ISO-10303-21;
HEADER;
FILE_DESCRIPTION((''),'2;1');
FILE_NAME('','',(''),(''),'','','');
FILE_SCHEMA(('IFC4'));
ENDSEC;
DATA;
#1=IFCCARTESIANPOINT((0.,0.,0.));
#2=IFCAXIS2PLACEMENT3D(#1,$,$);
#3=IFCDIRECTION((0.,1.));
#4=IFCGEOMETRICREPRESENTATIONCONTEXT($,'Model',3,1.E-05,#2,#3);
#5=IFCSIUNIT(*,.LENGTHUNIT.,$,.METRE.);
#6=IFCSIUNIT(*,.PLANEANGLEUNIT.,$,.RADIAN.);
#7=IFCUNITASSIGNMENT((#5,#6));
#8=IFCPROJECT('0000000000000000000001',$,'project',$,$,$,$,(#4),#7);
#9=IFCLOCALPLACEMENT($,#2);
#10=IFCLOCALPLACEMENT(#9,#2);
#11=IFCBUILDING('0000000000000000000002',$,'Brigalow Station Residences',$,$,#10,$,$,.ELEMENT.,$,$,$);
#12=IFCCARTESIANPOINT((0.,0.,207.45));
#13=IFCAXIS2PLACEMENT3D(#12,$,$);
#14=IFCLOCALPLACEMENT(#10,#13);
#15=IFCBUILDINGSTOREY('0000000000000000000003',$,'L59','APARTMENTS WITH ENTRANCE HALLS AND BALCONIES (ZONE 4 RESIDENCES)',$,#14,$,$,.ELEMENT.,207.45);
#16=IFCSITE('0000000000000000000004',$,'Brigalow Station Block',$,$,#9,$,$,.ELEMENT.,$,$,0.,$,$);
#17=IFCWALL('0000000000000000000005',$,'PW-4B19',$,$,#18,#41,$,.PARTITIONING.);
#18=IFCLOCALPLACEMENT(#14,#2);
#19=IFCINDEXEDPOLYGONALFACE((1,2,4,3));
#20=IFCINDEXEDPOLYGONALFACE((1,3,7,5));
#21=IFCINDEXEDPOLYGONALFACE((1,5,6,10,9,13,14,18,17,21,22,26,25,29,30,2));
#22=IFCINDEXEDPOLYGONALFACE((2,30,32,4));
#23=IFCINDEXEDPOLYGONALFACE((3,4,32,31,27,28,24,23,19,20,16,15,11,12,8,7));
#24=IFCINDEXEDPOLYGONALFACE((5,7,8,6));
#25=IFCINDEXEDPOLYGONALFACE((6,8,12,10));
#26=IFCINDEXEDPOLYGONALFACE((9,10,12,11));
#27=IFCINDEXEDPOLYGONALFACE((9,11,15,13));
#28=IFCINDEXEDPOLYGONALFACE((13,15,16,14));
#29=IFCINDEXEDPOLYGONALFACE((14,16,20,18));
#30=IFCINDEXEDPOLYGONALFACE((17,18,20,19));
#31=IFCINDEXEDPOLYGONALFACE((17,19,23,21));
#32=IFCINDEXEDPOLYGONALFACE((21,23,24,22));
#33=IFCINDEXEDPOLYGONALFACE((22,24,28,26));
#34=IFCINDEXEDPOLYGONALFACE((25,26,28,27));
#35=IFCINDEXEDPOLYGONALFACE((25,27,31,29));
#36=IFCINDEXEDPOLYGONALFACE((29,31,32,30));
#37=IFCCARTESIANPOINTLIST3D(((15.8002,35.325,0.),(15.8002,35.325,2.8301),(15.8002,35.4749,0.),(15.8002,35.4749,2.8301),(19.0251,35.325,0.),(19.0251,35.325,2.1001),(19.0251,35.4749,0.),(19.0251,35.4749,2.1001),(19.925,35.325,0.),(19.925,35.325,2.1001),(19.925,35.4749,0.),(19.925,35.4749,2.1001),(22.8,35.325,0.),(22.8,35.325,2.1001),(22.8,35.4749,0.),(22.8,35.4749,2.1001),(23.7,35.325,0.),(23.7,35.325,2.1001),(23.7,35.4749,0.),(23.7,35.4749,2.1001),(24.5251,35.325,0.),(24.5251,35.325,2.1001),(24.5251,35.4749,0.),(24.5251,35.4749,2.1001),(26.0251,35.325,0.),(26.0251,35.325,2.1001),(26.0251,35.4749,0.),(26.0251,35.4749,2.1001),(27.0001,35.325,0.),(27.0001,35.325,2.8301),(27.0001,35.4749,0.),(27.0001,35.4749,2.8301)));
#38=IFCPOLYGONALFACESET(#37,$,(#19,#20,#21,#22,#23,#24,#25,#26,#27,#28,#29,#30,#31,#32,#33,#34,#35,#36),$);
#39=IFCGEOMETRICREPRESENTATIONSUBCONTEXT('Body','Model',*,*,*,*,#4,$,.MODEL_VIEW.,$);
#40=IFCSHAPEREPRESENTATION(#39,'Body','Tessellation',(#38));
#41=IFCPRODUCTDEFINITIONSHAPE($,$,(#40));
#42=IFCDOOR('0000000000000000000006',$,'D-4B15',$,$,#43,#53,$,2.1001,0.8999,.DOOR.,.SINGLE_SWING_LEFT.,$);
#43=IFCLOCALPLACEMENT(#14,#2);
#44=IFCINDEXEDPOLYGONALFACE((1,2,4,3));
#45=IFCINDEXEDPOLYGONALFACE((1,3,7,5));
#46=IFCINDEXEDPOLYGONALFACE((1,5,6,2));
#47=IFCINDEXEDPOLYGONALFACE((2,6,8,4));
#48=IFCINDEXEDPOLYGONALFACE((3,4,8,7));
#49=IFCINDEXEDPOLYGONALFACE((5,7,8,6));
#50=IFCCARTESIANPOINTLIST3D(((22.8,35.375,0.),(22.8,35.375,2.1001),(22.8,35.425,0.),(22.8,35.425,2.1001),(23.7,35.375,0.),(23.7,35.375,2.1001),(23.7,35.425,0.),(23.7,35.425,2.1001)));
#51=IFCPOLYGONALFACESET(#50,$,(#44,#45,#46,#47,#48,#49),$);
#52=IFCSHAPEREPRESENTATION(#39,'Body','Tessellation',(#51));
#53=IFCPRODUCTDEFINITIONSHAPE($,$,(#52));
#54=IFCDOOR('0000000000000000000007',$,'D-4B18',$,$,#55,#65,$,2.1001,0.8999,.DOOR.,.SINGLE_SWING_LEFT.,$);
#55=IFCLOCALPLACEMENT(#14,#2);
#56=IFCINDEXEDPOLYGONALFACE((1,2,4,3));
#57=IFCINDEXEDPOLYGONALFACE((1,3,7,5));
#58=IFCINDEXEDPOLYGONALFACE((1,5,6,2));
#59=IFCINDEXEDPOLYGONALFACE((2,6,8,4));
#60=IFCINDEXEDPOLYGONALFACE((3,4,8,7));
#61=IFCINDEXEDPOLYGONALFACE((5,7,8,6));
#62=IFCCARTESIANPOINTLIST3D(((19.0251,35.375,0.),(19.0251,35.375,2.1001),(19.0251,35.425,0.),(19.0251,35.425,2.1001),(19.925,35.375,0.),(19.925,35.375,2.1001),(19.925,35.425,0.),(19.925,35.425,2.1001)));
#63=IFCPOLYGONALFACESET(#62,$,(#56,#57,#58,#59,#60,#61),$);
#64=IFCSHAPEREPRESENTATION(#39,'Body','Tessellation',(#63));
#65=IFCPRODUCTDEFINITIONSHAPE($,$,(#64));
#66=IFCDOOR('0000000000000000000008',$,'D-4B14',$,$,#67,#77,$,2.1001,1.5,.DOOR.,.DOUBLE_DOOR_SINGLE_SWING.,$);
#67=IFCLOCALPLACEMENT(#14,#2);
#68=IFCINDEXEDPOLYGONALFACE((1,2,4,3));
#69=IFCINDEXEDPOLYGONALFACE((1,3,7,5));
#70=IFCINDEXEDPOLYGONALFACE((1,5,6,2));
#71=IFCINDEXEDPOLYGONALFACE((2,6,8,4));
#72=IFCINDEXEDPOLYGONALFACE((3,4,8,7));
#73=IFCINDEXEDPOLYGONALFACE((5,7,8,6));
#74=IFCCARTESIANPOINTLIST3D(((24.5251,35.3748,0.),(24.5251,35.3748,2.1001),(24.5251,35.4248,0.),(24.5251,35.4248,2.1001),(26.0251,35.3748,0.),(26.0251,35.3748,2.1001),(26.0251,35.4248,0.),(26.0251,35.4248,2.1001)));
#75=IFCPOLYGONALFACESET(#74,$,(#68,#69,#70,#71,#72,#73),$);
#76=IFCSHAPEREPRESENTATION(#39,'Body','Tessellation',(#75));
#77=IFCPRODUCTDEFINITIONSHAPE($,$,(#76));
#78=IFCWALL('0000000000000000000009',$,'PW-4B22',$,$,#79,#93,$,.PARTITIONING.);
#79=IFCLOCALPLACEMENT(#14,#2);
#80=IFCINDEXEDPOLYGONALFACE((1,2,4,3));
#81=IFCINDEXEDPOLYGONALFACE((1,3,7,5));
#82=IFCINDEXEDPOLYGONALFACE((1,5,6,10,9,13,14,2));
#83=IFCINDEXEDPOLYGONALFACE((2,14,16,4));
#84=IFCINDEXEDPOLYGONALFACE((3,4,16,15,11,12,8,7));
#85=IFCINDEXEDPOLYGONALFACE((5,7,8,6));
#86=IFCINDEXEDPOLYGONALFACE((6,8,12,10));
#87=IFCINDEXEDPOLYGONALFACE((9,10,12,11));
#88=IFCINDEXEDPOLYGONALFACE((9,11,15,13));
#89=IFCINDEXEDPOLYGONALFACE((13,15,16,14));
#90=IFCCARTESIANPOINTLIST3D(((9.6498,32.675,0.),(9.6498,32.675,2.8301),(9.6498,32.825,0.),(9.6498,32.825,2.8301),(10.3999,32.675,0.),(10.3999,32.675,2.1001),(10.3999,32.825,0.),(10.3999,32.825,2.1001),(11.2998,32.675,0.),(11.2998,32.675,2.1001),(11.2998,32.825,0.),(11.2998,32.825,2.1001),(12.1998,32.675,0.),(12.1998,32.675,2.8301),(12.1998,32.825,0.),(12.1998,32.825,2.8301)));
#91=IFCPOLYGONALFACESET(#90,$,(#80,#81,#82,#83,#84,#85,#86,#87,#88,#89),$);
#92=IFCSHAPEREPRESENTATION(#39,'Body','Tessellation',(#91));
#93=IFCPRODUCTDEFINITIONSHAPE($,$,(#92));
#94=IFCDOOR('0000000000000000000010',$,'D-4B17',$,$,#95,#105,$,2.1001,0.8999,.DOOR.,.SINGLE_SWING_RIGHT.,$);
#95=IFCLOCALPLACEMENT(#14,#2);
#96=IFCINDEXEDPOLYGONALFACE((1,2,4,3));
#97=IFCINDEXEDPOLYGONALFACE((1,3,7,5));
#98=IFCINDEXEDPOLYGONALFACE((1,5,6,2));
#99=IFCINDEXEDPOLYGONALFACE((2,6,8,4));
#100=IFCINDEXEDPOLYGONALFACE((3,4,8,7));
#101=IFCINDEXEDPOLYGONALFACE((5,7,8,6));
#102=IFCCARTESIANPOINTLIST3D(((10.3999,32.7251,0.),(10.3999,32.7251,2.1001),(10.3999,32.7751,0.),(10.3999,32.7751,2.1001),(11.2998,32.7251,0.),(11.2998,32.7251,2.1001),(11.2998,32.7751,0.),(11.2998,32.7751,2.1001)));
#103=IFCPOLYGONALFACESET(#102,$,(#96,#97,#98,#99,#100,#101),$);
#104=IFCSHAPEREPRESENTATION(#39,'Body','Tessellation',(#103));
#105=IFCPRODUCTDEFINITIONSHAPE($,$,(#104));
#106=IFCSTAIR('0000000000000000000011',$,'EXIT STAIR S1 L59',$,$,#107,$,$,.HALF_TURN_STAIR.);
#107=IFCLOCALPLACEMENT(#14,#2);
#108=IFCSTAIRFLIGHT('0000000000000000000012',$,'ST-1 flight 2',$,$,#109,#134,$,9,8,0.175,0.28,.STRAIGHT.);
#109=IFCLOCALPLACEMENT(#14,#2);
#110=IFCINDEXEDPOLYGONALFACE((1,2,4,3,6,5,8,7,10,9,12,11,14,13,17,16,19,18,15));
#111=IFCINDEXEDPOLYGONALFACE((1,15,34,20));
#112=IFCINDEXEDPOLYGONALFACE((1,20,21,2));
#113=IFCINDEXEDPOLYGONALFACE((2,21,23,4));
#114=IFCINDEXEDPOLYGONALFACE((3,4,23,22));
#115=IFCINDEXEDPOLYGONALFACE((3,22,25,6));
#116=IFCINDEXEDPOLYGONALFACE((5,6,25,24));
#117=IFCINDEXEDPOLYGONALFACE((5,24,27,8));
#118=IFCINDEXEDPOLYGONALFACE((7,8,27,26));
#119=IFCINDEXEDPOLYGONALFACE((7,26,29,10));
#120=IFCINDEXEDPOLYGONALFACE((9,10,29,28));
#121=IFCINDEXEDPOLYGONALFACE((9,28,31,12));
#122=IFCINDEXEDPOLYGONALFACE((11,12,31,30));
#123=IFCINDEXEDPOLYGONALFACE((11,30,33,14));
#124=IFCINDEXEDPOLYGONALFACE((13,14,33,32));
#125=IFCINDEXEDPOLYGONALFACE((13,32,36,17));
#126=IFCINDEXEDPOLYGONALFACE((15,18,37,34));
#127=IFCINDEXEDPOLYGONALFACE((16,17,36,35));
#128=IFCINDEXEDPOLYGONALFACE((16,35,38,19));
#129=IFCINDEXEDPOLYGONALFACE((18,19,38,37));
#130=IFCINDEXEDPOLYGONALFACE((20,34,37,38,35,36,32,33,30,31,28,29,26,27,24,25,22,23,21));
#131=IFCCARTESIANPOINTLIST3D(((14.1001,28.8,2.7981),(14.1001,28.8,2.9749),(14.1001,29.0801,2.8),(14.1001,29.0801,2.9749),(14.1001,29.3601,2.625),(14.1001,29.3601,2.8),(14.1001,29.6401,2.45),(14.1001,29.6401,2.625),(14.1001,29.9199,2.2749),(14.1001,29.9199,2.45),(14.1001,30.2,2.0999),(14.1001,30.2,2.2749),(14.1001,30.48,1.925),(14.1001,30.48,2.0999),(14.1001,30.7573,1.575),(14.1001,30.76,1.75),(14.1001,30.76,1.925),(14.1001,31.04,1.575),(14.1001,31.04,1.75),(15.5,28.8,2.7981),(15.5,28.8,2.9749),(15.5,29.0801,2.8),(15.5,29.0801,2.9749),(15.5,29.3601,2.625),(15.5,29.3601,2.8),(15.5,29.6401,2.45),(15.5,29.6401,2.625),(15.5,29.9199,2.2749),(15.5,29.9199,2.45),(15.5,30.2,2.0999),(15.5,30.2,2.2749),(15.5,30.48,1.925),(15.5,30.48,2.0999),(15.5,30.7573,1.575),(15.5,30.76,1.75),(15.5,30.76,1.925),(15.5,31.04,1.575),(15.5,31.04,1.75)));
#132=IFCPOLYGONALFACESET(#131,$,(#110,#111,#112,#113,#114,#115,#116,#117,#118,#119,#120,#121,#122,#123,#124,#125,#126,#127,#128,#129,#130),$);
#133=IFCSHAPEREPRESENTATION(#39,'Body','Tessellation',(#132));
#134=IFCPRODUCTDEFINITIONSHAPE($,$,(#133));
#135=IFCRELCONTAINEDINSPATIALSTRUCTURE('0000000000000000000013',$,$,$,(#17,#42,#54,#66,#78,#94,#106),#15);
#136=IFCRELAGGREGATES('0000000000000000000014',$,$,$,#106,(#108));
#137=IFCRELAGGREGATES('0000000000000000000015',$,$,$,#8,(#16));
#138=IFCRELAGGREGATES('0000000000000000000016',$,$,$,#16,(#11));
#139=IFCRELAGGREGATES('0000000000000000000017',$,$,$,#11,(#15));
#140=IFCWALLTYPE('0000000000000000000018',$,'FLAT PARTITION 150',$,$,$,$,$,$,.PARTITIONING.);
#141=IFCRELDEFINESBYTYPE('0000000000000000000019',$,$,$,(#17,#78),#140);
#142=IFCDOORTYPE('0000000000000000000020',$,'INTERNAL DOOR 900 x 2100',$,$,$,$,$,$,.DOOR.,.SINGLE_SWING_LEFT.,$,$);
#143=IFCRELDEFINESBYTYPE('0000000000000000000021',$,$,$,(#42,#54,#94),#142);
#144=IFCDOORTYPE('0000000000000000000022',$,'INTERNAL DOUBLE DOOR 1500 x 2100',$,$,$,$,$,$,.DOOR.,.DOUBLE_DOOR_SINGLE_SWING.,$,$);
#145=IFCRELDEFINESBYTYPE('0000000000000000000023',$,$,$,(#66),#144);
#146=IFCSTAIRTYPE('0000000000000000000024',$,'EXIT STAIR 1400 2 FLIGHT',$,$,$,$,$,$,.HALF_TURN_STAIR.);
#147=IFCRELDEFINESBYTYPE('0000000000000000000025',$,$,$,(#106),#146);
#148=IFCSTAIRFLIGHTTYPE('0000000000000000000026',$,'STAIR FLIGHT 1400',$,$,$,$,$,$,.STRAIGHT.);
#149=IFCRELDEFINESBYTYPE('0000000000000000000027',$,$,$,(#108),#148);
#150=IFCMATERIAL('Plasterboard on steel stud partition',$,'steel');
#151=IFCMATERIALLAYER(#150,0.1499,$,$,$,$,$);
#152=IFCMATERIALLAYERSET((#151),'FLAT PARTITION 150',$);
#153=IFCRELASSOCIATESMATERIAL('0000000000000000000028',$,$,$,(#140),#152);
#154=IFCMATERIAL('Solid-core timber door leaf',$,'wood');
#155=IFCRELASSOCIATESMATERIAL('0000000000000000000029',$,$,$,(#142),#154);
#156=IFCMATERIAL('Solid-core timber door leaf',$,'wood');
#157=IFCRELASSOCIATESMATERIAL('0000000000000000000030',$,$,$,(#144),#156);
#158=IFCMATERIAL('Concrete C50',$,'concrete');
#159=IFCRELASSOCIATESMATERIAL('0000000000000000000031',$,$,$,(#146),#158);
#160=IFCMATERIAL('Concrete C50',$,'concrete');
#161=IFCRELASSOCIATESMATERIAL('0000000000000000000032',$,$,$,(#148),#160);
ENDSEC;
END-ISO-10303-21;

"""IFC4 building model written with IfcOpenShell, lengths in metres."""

from ifc_helpers import new_model, si_unit, direction, frame, frame_2d, origin, place, context, subcontext, project, spatial, polyline, rectangle, outline, extrude, material, layer, layer_set, type_object, element, fill, aggregate, save


model = new_model("IFC4")

# Units and contexts
model_context = context("Model", 3, precision=1e-05, world=origin(), true_north=direction((0.0, 1.0)))
body_context = subcontext(model_context, "Body", "Model", "MODEL_VIEW")
ifc_project = project(units=[si_unit("LENGTHUNIT", "METRE"), si_unit("PLANEANGLEUNIT", "RADIAN")], contexts=[model_context])

# Site, building, storey
site_placement = place(None, origin())
site = spatial("IfcSite", under=ifc_project, at=site_placement, Name="Brigalow Station Block", CompositionType="ELEMENT", RefElevation=0.0)
building_placement = place(site_placement, origin())
building = spatial("IfcBuilding", under=site, at=building_placement, Name="Brigalow Station Residences", CompositionType="ELEMENT")
storey_placement = place(building_placement, frame((0.0, 0.0, 207.45)))
storey = spatial("IfcBuildingStorey", under=building, at=storey_placement, Name="L59", Description="APARTMENTS WITH ENTRANCE HALLS AND BALCONIES (ZONE 4 RESIDENCES)", CompositionType="ELEMENT", Elevation=207.45)

# Wall, openings, doors
ifc_material_1 = material(Name="Plasterboard on steel stud partition", Category="steel")
ifc_layer_1 = layer(ifc_material_1, 0.1499)
ifc_layer_set_1 = layer_set([ifc_layer_1], Name="FLAT PARTITION 150")
wall_type_1 = type_object("IfcWallType", Name="FLAT PARTITION 150", PredefinedType="PARTITIONING", material=ifc_layer_set_1)
wall_1_placement = place(storey_placement, frame((15.8, 35.3999, 0.0), z_axis=(0.0, 0.0, 1.0), x_axis=(1.0, 0.0, 0.0)))
wall_1 = element("IfcWall", 1, at=wall_1_placement, inside=storey, type_object=wall_type_1, Name="PW-4B19", PredefinedType="PARTITIONING", context=body_context, shape_type="SweptSolid", body=[
    extrude(rectangle(XDim=11.2, YDim=0.1499, at=frame_2d((5.6001, 0.0))), origin(), (0.0, 0.0, 1.0), 2.8301),
])
opening_1_placement = place(wall_1_placement, frame((8.7251, 0.0, 0.0)))
opening_1 = element("IfcOpeningElement", 2, at=opening_1_placement, cuts=wall_1, PredefinedType="OPENING", context=body_context, shape_type="SweptSolid", body=[
    extrude(rectangle(XDim=1.5, YDim=2.1001, at=frame_2d((0.75, 1.05))), frame((0.0, 0.085, 0.0), z_axis=(0.0, -1.0, 0.0), x_axis=(1.0, 0.0, 0.0)), (0.0, 0.0, 1.0), 0.1699),
])
opening_2_placement = place(wall_1_placement, frame((7.0, 0.0, 0.0)))
opening_2 = element("IfcOpeningElement", 3, at=opening_2_placement, cuts=wall_1, PredefinedType="OPENING", context=body_context, shape_type="SweptSolid", body=[
    extrude(rectangle(XDim=0.8999, YDim=2.1001, at=frame_2d((0.45, 1.05))), frame((0.0, 0.085, 0.0), z_axis=(0.0, -1.0, 0.0), x_axis=(1.0, 0.0, 0.0)), (0.0, 0.0, 1.0), 0.1699),
])
opening_3_placement = place(wall_1_placement, frame((3.2251, 0.0, 0.0)))
opening_3 = element("IfcOpeningElement", 4, at=opening_3_placement, cuts=wall_1, PredefinedType="OPENING", context=body_context, shape_type="SweptSolid", body=[
    extrude(rectangle(XDim=0.8999, YDim=2.1001, at=frame_2d((0.45, 1.05))), frame((0.0, 0.085, 0.0), z_axis=(0.0, -1.0, 0.0), x_axis=(1.0, 0.0, 0.0)), (0.0, 0.0, 1.0), 0.1699),
])
ifc_material_2 = material(Name="Solid-core timber door leaf", Category="wood")
door_type_1 = type_object("IfcDoorType", Name="INTERNAL DOOR 900 x 2100", OperationType="SINGLE_SWING_LEFT", PredefinedType="DOOR", material=ifc_material_2)
door_1_placement = place(opening_2_placement, frame((0.8999, 0.0, 0.0), z_axis=(0.0, 0.0, 1.0), x_axis=(-1.0, 0.0, 0.0)))
door_1 = element("IfcDoor", 5, at=door_1_placement, inside=storey, type_object=door_type_1, Name="D-4B15", OperationType="SINGLE_SWING_LEFT", OverallHeight=2.1001, OverallWidth=0.8999, PredefinedType="DOOR", context=body_context, shape_type="SweptSolid", body=[
    extrude(rectangle(XDim=0.8999, YDim=2.1001, at=frame_2d((0.45, 1.05))), frame((0.0, 0.0249, 0.0), z_axis=(0.0, -1.0, 0.0), x_axis=(1.0, 0.0, 0.0)), (0.0, 0.0, 1.0), 0.05),
])
fill(opening_2, door_1)
door_2_placement = place(opening_3_placement, frame((0.8999, 0.0, 0.0), z_axis=(0.0, 0.0, 1.0), x_axis=(-1.0, 0.0, 0.0)))
door_2 = element("IfcDoor", 6, at=door_2_placement, inside=storey, type_object=door_type_1, Name="D-4B18", OperationType="SINGLE_SWING_LEFT", OverallHeight=2.1001, OverallWidth=0.8999, PredefinedType="DOOR", context=body_context, shape_type="SweptSolid", body=[
    extrude(rectangle(XDim=0.8999, YDim=2.1001, at=frame_2d((0.45, 1.05))), frame((0.0, 0.0249, 0.0), z_axis=(0.0, -1.0, 0.0), x_axis=(1.0, 0.0, 0.0)), (0.0, 0.0, 1.0), 0.05),
])
fill(opening_3, door_2)
ifc_material_3 = material(Name="Solid-core timber door leaf", Category="wood")
door_type_2 = type_object("IfcDoorType", Name="INTERNAL DOUBLE DOOR 1500 x 2100", OperationType="DOUBLE_DOOR_SINGLE_SWING", PredefinedType="DOOR", material=ifc_material_3)
door_3_placement = place(opening_1_placement, origin())
door_3 = element("IfcDoor", 7, at=door_3_placement, inside=storey, type_object=door_type_2, Name="D-4B14", OperationType="DOUBLE_DOOR_SINGLE_SWING", OverallHeight=2.1001, OverallWidth=1.5, PredefinedType="DOOR", context=body_context, shape_type="SweptSolid", body=[
    extrude(rectangle(XDim=1.5, YDim=2.1001, at=frame_2d((0.75, 1.05))), frame((0.0, 0.0249, 0.0), z_axis=(0.0, -1.0, 0.0), x_axis=(1.0, 0.0, 0.0)), (0.0, 0.0, 1.0), 0.05),
])
fill(opening_1, door_3)

# Wall, opening, door
wall_2_placement = place(storey_placement, frame((9.6499, 32.75, 0.0), z_axis=(0.0, 0.0, 1.0), x_axis=(1.0, 0.0, 0.0)))
wall_2 = element("IfcWall", 8, at=wall_2_placement, inside=storey, type_object=wall_type_1, Name="PW-4B22", PredefinedType="PARTITIONING", context=body_context, shape_type="SweptSolid", body=[
    extrude(rectangle(XDim=2.55, YDim=0.1499, at=frame_2d((1.2749, 0.0))), origin(), (0.0, 0.0, 1.0), 2.8301),
])
opening_4_placement = place(wall_2_placement, frame((0.75, 0.0, 0.0)))
opening_4 = element("IfcOpeningElement", 9, at=opening_4_placement, cuts=wall_2, PredefinedType="OPENING", context=body_context, shape_type="SweptSolid", body=[
    extrude(rectangle(XDim=0.8999, YDim=2.1001, at=frame_2d((0.45, 1.05))), frame((0.0, 0.085, 0.0), z_axis=(0.0, -1.0, 0.0), x_axis=(1.0, 0.0, 0.0)), (0.0, 0.0, 1.0), 0.1699),
])
door_4_placement = place(opening_4_placement, frame((0.8999, 0.0, 0.0), z_axis=(0.0, 0.0, 1.0), x_axis=(-1.0, 0.0, 0.0)))
door_4 = element("IfcDoor", 10, at=door_4_placement, inside=storey, type_object=door_type_1, Name="D-4B17", OperationType="SINGLE_SWING_RIGHT", OverallHeight=2.1001, OverallWidth=0.8999, PredefinedType="DOOR", context=body_context, shape_type="SweptSolid", body=[
    extrude(rectangle(XDim=0.8999, YDim=2.1001, at=frame_2d((0.45, 1.05))), frame((0.0, 0.0249, 0.0), z_axis=(0.0, -1.0, 0.0), x_axis=(1.0, 0.0, 0.0)), (0.0, 0.0, 1.0), 0.05),
])
fill(opening_4, door_4)

# Stair, stair flight
ifc_material_4 = material(Name="Concrete C50", Category="concrete")
stair_type = type_object("IfcStairType", Name="EXIT STAIR 1400 2 FLIGHT", PredefinedType="HALF_TURN_STAIR", material=ifc_material_4)
stair_placement = place(storey_placement, origin())
stair = element("IfcStair", 11, at=stair_placement, inside=storey, type_object=stair_type, Name="EXIT STAIR S1 L59", PredefinedType="HALF_TURN_STAIR")
ifc_material_5 = material(Name="Concrete C50", Category="concrete")
stair_flight_type = type_object("IfcStairFlightType", Name="STAIR FLIGHT 1400", PredefinedType="STRAIGHT", material=ifc_material_5)
stair_flight_placement = place(storey_placement, frame((14.8, 31.04, 1.575), z_axis=(0.0, 0.0, 1.0), x_axis=(0.0, -1.0, 0.0)))
stair_flight = element("IfcStairFlight", 12, at=stair_flight_placement, type_object=stair_flight_type, Name="ST-1 flight 2", NumberOfRisers=9, NumberOfTreads=8, PredefinedType="STRAIGHT", RiserHeight=0.175, TreadLength=0.28, context=body_context, shape_type="SweptSolid", body=[
    extrude(outline(polyline([(0.0, 0.0), (0.0, 0.175), (0.28, 0.175), (0.28, 0.3501), (0.5601, 0.3501), (0.5601, 0.5249), (0.8401, 0.5249), (0.8401, 0.7), (1.1201, 0.7), (1.1201, 0.875), (1.3999, 0.875), (1.3999, 1.05), (1.6799, 1.05), (1.6799, 1.2251), (1.96, 1.2251), (1.96, 1.3999), (2.24, 1.3999), (2.24, 1.575), (2.24, 1.2231), (0.2827, 0.0), (0.0, 0.0)])), frame((0.0, 0.7, 0.0), z_axis=(0.0, -1.0, 0.0), x_axis=(1.0, 0.0, 0.0)), (0.0, 0.0, 1.0), 1.3999),
])
aggregate(stair, [stair_flight])

save(model, "model.ifc")
